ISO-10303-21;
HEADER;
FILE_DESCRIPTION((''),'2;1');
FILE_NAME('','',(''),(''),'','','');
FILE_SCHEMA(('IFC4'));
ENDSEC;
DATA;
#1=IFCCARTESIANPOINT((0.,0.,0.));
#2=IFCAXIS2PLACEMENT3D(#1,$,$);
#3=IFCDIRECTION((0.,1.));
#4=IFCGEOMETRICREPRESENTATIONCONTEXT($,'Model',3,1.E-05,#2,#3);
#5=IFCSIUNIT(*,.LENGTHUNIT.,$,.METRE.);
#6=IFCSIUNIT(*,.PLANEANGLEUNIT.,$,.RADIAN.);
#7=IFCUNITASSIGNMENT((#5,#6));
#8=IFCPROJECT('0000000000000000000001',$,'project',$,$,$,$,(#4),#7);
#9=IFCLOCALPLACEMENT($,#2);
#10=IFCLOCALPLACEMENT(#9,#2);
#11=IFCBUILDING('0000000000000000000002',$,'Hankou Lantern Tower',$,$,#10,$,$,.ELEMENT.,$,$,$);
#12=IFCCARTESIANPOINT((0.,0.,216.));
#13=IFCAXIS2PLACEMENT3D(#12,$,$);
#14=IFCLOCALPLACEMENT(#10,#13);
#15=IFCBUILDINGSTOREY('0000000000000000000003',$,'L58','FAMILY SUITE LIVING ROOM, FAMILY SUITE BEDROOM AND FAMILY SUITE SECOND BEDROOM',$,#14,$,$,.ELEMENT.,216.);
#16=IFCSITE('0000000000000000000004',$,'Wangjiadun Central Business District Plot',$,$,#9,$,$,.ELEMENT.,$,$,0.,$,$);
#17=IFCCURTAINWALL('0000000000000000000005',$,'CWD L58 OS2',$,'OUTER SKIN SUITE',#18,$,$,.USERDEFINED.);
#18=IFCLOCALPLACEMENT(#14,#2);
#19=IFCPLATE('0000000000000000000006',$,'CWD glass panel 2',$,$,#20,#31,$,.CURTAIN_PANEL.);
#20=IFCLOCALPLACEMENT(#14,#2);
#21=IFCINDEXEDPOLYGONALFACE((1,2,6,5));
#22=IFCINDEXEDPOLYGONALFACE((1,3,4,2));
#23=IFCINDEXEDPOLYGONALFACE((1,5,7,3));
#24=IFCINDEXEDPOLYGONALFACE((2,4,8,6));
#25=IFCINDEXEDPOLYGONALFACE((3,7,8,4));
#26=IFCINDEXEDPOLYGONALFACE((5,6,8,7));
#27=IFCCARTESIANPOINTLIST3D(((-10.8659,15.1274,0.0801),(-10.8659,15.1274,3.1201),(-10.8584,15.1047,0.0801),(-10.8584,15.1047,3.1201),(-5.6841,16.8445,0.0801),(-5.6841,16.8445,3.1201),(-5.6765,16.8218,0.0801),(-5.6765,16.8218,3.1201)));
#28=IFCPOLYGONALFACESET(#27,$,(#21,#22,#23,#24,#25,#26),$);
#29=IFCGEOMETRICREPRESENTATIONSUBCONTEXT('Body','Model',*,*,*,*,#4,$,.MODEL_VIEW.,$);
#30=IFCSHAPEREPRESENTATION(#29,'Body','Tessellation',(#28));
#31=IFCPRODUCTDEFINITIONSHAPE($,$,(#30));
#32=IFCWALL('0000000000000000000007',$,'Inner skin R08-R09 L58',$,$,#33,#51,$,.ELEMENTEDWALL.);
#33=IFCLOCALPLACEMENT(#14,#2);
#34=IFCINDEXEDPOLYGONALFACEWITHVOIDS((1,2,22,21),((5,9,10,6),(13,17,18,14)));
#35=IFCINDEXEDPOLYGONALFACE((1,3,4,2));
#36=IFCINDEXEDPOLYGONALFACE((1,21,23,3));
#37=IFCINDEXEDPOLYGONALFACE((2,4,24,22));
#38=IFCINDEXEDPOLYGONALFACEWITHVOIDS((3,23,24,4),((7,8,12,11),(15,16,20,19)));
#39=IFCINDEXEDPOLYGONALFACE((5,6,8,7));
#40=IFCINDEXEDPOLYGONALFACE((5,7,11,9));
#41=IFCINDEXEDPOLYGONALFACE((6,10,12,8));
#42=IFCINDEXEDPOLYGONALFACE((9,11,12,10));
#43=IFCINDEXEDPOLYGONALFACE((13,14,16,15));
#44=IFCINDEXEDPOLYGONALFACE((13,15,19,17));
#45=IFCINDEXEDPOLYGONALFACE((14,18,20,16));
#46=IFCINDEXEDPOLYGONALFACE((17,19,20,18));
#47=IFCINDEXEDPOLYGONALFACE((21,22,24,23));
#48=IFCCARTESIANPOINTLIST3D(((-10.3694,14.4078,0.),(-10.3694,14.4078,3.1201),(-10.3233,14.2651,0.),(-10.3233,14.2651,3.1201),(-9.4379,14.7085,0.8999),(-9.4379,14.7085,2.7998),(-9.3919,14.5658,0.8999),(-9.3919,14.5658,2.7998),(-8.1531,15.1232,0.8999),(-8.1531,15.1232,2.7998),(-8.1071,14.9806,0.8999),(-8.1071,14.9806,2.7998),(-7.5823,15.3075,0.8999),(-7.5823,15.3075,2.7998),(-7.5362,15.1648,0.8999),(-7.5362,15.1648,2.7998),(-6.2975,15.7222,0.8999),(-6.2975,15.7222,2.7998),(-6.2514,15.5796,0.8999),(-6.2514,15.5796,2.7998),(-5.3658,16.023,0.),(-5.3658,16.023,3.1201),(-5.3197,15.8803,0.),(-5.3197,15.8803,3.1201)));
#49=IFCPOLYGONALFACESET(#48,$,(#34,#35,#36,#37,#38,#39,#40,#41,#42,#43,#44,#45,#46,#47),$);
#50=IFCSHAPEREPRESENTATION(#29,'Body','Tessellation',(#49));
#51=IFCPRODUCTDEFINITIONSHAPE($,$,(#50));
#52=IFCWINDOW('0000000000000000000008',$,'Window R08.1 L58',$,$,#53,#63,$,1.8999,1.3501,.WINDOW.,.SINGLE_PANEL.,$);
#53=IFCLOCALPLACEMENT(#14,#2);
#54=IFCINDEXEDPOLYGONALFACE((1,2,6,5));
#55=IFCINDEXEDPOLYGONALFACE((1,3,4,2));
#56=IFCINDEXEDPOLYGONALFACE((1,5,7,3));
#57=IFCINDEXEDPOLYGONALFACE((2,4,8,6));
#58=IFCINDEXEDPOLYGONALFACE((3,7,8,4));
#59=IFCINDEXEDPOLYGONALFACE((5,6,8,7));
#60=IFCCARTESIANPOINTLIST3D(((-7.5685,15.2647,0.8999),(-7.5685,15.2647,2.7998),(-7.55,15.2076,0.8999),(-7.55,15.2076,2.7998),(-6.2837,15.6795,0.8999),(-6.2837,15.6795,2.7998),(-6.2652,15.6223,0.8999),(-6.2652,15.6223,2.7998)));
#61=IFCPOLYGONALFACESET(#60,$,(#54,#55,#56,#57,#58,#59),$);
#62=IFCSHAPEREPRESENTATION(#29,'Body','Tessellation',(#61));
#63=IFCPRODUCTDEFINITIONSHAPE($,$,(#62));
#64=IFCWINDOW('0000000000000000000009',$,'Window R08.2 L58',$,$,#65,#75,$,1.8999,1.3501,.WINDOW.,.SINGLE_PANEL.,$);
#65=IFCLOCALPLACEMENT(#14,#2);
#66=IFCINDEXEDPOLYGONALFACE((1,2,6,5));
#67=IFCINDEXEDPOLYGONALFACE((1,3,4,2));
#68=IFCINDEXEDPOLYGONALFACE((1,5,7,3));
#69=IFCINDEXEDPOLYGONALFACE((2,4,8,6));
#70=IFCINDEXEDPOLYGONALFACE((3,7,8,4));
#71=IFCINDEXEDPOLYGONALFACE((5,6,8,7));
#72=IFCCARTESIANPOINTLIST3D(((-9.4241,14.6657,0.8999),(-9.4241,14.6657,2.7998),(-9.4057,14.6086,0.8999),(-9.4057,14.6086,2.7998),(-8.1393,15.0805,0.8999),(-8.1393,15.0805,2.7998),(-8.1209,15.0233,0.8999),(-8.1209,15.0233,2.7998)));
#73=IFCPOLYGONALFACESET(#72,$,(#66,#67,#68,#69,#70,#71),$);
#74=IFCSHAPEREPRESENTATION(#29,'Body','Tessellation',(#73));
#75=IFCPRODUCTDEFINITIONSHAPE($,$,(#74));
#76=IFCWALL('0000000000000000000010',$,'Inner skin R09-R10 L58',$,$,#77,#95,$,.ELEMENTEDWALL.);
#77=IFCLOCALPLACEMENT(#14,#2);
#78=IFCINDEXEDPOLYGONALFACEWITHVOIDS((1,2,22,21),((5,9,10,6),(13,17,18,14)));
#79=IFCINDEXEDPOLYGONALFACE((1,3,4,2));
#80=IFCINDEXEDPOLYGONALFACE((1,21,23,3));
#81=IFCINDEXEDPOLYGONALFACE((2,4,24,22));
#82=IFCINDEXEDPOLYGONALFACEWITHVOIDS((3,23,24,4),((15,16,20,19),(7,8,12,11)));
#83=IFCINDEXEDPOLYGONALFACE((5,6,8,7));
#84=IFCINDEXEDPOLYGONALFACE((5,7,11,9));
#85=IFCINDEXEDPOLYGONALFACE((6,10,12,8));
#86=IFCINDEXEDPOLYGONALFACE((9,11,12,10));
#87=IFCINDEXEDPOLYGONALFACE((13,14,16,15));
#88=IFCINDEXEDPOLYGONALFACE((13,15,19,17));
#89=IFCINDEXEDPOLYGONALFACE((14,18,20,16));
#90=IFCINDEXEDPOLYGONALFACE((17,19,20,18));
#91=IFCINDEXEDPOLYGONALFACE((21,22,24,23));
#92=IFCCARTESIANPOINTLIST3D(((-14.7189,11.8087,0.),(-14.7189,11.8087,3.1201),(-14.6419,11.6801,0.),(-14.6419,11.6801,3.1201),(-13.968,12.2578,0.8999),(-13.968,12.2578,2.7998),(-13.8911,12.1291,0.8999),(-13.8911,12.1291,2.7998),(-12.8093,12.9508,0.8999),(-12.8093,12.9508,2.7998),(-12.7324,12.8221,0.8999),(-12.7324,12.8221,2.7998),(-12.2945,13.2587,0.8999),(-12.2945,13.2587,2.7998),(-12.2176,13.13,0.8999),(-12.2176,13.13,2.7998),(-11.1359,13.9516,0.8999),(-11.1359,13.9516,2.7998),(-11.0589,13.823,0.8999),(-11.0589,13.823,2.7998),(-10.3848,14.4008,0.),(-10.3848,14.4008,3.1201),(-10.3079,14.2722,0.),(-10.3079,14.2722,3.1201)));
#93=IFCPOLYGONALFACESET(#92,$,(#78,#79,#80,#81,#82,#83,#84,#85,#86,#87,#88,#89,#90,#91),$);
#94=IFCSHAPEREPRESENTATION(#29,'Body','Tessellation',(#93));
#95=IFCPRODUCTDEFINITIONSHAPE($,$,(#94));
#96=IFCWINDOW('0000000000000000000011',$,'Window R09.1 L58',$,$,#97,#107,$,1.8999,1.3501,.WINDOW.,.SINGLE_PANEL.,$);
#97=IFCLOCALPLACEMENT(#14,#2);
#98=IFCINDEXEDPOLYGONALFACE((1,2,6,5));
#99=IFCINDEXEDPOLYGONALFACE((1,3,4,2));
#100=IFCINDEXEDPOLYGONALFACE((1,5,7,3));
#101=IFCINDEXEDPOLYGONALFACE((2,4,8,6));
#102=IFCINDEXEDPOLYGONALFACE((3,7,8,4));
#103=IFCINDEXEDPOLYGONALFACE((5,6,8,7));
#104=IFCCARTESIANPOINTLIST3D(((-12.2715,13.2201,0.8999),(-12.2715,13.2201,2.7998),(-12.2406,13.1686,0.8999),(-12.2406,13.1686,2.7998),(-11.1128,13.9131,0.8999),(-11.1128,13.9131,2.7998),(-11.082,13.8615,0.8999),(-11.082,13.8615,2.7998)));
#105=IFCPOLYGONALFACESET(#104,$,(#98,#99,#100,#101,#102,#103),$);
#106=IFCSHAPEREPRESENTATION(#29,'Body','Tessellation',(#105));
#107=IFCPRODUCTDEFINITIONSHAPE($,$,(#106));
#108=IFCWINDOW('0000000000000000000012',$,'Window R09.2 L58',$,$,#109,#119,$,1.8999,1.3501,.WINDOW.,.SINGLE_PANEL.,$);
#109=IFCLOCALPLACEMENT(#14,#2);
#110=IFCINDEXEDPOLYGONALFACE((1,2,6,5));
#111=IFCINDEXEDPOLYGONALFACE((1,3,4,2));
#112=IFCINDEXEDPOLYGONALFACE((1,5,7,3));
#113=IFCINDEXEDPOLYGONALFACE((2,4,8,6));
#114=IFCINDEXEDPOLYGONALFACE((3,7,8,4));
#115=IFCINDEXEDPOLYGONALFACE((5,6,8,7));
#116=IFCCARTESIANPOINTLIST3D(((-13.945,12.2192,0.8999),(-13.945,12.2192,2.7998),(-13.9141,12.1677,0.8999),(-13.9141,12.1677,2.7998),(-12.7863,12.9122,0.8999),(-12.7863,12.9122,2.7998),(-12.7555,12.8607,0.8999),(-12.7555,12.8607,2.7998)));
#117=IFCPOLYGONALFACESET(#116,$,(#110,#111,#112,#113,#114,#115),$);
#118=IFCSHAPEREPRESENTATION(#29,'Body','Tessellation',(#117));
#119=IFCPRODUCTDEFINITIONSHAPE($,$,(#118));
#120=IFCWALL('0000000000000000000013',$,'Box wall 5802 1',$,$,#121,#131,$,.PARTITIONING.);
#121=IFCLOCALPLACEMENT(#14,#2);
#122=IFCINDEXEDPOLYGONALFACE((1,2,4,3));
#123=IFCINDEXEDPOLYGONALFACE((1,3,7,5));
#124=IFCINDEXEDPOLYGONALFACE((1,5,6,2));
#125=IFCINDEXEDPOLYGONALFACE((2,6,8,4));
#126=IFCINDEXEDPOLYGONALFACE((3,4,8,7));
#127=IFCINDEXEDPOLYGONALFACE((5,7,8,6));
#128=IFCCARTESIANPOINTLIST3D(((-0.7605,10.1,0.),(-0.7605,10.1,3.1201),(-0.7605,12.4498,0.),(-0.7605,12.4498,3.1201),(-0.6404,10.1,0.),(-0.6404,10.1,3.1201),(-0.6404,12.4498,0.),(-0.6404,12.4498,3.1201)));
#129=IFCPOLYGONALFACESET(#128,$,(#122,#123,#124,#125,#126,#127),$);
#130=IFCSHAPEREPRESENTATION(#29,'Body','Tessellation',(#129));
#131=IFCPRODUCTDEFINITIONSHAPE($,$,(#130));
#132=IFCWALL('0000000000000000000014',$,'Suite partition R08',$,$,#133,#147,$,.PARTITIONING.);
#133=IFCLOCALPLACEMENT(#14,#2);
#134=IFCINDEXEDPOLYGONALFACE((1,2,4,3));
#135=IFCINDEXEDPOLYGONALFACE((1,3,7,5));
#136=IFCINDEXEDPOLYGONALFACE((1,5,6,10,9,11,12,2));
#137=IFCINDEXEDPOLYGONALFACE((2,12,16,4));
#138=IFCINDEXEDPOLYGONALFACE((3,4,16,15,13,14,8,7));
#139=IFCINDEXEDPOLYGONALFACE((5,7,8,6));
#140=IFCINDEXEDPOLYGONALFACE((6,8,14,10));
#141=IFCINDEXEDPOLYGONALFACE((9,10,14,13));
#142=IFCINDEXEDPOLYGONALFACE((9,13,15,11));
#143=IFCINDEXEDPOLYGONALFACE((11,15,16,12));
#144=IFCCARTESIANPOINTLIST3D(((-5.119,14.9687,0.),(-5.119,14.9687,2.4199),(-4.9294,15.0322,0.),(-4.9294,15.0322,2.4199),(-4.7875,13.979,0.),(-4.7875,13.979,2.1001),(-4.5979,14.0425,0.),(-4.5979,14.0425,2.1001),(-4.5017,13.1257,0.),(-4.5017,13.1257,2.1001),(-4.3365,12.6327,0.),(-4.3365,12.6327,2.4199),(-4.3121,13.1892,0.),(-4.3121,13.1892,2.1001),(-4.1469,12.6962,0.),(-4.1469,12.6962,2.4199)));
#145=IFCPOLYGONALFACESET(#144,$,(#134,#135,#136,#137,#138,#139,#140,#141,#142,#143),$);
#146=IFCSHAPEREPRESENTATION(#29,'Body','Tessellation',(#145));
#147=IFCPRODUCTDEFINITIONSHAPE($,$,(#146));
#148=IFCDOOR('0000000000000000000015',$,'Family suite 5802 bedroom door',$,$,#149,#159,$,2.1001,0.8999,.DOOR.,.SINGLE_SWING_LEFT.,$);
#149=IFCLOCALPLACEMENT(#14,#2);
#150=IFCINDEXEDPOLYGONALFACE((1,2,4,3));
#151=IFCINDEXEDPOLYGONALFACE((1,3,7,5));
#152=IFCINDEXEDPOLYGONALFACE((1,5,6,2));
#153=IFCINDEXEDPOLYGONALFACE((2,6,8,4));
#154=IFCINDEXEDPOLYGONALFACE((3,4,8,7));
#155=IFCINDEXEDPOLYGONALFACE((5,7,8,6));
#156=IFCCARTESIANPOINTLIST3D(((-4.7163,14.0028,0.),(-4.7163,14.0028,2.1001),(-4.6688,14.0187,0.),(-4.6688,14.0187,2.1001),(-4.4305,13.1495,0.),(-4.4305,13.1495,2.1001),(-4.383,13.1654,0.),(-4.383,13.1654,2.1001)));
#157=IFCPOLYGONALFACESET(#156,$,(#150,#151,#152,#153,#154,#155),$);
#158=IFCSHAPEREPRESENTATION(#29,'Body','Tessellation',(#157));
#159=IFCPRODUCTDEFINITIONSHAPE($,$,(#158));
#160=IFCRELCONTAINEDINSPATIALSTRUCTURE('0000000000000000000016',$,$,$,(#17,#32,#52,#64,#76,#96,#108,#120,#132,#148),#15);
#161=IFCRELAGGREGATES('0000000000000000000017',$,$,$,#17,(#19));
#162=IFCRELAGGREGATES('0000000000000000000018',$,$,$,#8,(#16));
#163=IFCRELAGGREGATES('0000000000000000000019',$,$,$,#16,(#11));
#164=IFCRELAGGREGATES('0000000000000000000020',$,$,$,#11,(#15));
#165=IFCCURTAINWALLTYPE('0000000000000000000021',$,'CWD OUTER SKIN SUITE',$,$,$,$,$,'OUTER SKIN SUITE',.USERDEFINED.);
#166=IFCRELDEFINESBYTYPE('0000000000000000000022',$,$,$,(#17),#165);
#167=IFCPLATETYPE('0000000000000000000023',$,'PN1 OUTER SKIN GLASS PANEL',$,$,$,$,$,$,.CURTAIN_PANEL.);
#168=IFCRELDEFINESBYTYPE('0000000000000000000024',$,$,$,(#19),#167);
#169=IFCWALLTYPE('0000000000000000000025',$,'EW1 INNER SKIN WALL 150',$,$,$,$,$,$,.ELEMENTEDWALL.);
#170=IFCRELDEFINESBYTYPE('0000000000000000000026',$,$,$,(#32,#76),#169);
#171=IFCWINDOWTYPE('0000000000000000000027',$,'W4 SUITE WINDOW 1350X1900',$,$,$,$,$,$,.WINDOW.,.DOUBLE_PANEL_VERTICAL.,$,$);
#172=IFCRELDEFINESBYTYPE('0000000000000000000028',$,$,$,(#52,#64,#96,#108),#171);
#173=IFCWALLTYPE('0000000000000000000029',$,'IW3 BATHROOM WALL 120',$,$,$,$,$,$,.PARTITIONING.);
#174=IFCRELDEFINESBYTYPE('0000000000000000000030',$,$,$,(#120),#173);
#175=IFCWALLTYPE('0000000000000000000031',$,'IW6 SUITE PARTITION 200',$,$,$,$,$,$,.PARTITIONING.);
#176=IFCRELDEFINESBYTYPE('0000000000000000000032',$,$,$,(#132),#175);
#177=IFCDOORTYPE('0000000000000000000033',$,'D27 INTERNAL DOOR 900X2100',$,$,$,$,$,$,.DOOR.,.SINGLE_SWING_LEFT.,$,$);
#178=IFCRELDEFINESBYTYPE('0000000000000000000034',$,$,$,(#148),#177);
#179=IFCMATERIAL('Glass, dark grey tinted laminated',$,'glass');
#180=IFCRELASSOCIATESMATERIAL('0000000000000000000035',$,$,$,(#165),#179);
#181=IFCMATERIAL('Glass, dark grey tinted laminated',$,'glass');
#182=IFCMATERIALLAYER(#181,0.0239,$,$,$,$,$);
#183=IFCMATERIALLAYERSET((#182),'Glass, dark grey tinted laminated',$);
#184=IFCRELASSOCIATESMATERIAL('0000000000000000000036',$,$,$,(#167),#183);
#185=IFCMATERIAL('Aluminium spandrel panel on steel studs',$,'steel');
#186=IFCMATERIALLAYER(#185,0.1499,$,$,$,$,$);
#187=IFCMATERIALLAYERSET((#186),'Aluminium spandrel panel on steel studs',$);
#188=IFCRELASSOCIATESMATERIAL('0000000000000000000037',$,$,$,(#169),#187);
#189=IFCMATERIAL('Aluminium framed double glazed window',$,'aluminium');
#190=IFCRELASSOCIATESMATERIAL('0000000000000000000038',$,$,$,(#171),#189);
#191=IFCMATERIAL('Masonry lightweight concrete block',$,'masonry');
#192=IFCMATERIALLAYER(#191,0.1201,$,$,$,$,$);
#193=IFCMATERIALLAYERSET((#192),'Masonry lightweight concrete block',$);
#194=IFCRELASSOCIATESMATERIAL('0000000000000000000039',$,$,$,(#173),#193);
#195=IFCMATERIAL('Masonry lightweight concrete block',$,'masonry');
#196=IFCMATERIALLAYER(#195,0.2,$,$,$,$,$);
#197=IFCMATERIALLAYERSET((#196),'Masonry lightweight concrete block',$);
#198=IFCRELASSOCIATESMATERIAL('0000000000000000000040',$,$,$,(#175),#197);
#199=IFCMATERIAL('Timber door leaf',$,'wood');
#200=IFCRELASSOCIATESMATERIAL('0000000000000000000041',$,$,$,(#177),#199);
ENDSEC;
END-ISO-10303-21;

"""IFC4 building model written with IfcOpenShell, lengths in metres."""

from ifc_helpers import new_model, si_unit, direction, frame, frame_2d, origin, origin_2d, place, context, subcontext, project, spatial, rectangle, extrude, material, layer, layer_set, type_object, element, fill, aggregate, save


model = new_model("IFC4")

# Units and contexts
model_context = context("Model", 3, precision=1e-05, world=origin(), true_north=direction((0.0, 1.0)))
body_context = subcontext(model_context, "Body", "Model", "MODEL_VIEW")
ifc_project = project(units=[si_unit("LENGTHUNIT", "METRE"), si_unit("PLANEANGLEUNIT", "RADIAN")], contexts=[model_context])

# Site, building, storey
site_placement = place(None, origin())
site = spatial("IfcSite", under=ifc_project, at=site_placement, Name="Wangjiadun Central Business District Plot", CompositionType="ELEMENT", RefElevation=0.0)
building_placement = place(site_placement, origin())
building = spatial("IfcBuilding", under=site, at=building_placement, Name="Hankou Lantern Tower", CompositionType="ELEMENT")
storey_placement = place(building_placement, frame((0.0, 0.0, 216.0)))
storey = spatial("IfcBuildingStorey", under=building, at=storey_placement, Name="L58", Description="FAMILY SUITE LIVING ROOM, FAMILY SUITE BEDROOM AND FAMILY SUITE SECOND BEDROOM", CompositionType="ELEMENT", Elevation=216.0)

# Curtain wall
ifc_material_1 = material(Name="Glass, dark grey tinted laminated", Category="glass")
curtain_wall_type = type_object("IfcCurtainWallType", Name="CWD OUTER SKIN SUITE", ElementType="OUTER SKIN SUITE", PredefinedType="USERDEFINED", material=ifc_material_1)
curtain_wall_placement = place(storey_placement, origin())
curtain_wall = element("IfcCurtainWall", 1, at=curtain_wall_placement, inside=storey, type_object=curtain_wall_type, Name="CWD L58 OS2", ObjectType="OUTER SKIN SUITE", PredefinedType="USERDEFINED")

# Plate
ifc_material_2 = material(Name="Glass, dark grey tinted laminated", Category="glass")
ifc_layer_1 = layer(ifc_material_2, 0.0239)
ifc_layer_set_1 = layer_set([ifc_layer_1], Name="Glass, dark grey tinted laminated")
plate_type = type_object("IfcPlateType", Name="PN1 OUTER SKIN GLASS PANEL", PredefinedType="CURTAIN_PANEL", material=ifc_layer_set_1)
plate_1_placement = place(storey_placement, frame((-8.2712, 15.9746, 0.0801), z_axis=(0.0, 0.0, 1.0), x_axis=(-0.949241, -0.314551, 0.0)))
plate_1 = element("IfcPlate", 2, at=plate_1_placement, type_object=plate_type, Name="CWD glass panel 2", PredefinedType="CURTAIN_PANEL", context=body_context, shape_type="SweptSolid", body=[
    extrude(rectangle(XDim=5.459, YDim=0.0239, at=origin_2d()), origin(), (0.0, 0.0, 1.0), 3.04),
])
aggregate(curtain_wall, [plate_1])

# Walls, openings, windows
ifc_material_3 = material(Name="Aluminium spandrel panel on steel studs", Category="steel")
ifc_layer_2 = layer(ifc_material_3, 0.1499)
ifc_layer_set_2 = layer_set([ifc_layer_2], Name="Aluminium spandrel panel on steel studs")
wall_type_1 = type_object("IfcWallType", Name="EW1 INNER SKIN WALL 150", PredefinedType="ELEMENTEDWALL", material=ifc_layer_set_2)
wall_1_placement = place(storey_placement, frame((-5.3428, 15.9517, 0.0), z_axis=(0.0, 0.0, 1.0), x_axis=(-0.951645, -0.307201, 0.0)))
wall_1 = element("IfcWall", 3, at=wall_1_placement, inside=storey, type_object=wall_type_1, Name="Inner skin R08-R09 L58", PredefinedType="ELEMENTEDWALL", context=body_context, shape_type="SweptSolid", body=[
    extrude(rectangle(XDim=5.2578, YDim=0.1499, at=frame_2d((2.6289, 0.0))), origin(), (0.0, 0.0, 1.0), 3.1201),
])
opening_1_placement = place(wall_1_placement, frame((0.979, 0.0, 0.8999)))
opening_1 = element("IfcOpeningElement", 4, at=opening_1_placement, cuts=wall_1, PredefinedType="OPENING", context=body_context, shape_type="SweptSolid", body=[
    extrude(rectangle(XDim=1.3501, YDim=1.8999, at=frame_2d((0.675, 0.95))), frame((0.0, 0.085, 0.0), z_axis=(0.0, -1.0, 0.0), x_axis=(1.0, 0.0, 0.0)), (0.0, 0.0, 1.0), 0.1699),
])
opening_2_placement = place(wall_1_placement, frame((2.929, 0.0, 0.8999)))
opening_2 = element("IfcOpeningElement", 5, at=opening_2_placement, cuts=wall_1, PredefinedType="OPENING", context=body_context, shape_type="SweptSolid", body=[
    extrude(rectangle(XDim=1.3501, YDim=1.8999, at=frame_2d((0.675, 0.95))), frame((0.0, 0.085, 0.0), z_axis=(0.0, -1.0, 0.0), x_axis=(1.0, 0.0, 0.0)), (0.0, 0.0, 1.0), 0.1699),
])
ifc_material_4 = material(Name="Aluminium framed double glazed window", Category="aluminium")
window_type = type_object("IfcWindowType", Name="W4 SUITE WINDOW 1350X1900", PartitioningType="DOUBLE_PANEL_VERTICAL", PredefinedType="WINDOW", material=ifc_material_4)
window_1_placement = place(opening_1_placement, origin())
window_1 = element("IfcWindow", 6, at=window_1_placement, inside=storey, type_object=window_type, Name="Window R08.1 L58", OverallHeight=1.8999, OverallWidth=1.3501, PartitioningType="SINGLE_PANEL", PredefinedType="WINDOW", context=body_context, shape_type="SweptSolid", body=[
    extrude(rectangle(XDim=1.3501, YDim=1.8999, at=frame_2d((0.675, 0.95))), frame((0.0, 0.03, 0.0), z_axis=(0.0, -1.0, 0.0), x_axis=(1.0, 0.0, 0.0)), (0.0, 0.0, 1.0), 0.0601),
])
fill(opening_1, window_1)
window_2_placement = place(opening_2_placement, origin())
window_2 = element("IfcWindow", 7, at=window_2_placement, inside=storey, type_object=window_type, Name="Window R08.2 L58", OverallHeight=1.8999, OverallWidth=1.3501, PartitioningType="SINGLE_PANEL", PredefinedType="WINDOW", context=body_context, shape_type="SweptSolid", body=[
    extrude(rectangle(XDim=1.3501, YDim=1.8999, at=frame_2d((0.675, 0.95))), frame((0.0, 0.03, 0.0), z_axis=(0.0, -1.0, 0.0), x_axis=(1.0, 0.0, 0.0)), (0.0, 0.0, 1.0), 0.0601),
])
fill(opening_2, window_2)
wall_2_placement = place(storey_placement, frame((-10.3464, 14.3364, 0.0), z_axis=(0.0, 0.0, 1.0), x_axis=(-0.858222, -0.51328, 0.0)))
wall_2 = element("IfcWall", 8, at=wall_2_placement, inside=storey, type_object=wall_type_1, Name="Inner skin R09-R10 L58", PredefinedType="ELEMENTEDWALL", context=body_context, shape_type="SweptSolid", body=[
    extrude(rectangle(XDim=5.05, YDim=0.1499, at=frame_2d((2.5249, 0.0))), origin(), (0.0, 0.0, 1.0), 3.1201),
])
opening_3_placement = place(wall_2_placement, frame((0.875, 0.0, 0.8999)))
opening_3 = element("IfcOpeningElement", 9, at=opening_3_placement, cuts=wall_2, PredefinedType="OPENING", context=body_context, shape_type="SweptSolid", body=[
    extrude(rectangle(XDim=1.3501, YDim=1.8999, at=frame_2d((0.675, 0.95))), frame((0.0, 0.085, 0.0), z_axis=(0.0, -1.0, 0.0), x_axis=(1.0, 0.0, 0.0)), (0.0, 0.0, 1.0), 0.1699),
])
opening_4_placement = place(wall_2_placement, frame((2.825, 0.0, 0.8999)))
opening_4 = element("IfcOpeningElement", 10, at=opening_4_placement, cuts=wall_2, PredefinedType="OPENING", context=body_context, shape_type="SweptSolid", body=[
    extrude(rectangle(XDim=1.3501, YDim=1.8999, at=frame_2d((0.675, 0.95))), frame((0.0, 0.085, 0.0), z_axis=(0.0, -1.0, 0.0), x_axis=(1.0, 0.0, 0.0)), (0.0, 0.0, 1.0), 0.1699),
])
window_3_placement = place(opening_3_placement, origin())
window_3 = element("IfcWindow", 11, at=window_3_placement, inside=storey, type_object=window_type, Name="Window R09.1 L58", OverallHeight=1.8999, OverallWidth=1.3501, PartitioningType="SINGLE_PANEL", PredefinedType="WINDOW", context=body_context, shape_type="SweptSolid", body=[
    extrude(rectangle(XDim=1.3501, YDim=1.8999, at=frame_2d((0.675, 0.95))), frame((0.0, 0.03, 0.0), z_axis=(0.0, -1.0, 0.0), x_axis=(1.0, 0.0, 0.0)), (0.0, 0.0, 1.0), 0.0601),
])
fill(opening_3, window_3)
window_4_placement = place(opening_4_placement, origin())
window_4 = element("IfcWindow", 12, at=window_4_placement, inside=storey, type_object=window_type, Name="Window R09.2 L58", OverallHeight=1.8999, OverallWidth=1.3501, PartitioningType="SINGLE_PANEL", PredefinedType="WINDOW", context=body_context, shape_type="SweptSolid", body=[
    extrude(rectangle(XDim=1.3501, YDim=1.8999, at=frame_2d((0.675, 0.95))), frame((0.0, 0.03, 0.0), z_axis=(0.0, -1.0, 0.0), x_axis=(1.0, 0.0, 0.0)), (0.0, 0.0, 1.0), 0.0601),
])
fill(opening_4, window_4)

# Wall
ifc_material_5 = material(Name="Masonry lightweight concrete block", Category="masonry")
ifc_layer_3 = layer(ifc_material_5, 0.1201)
ifc_layer_set_3 = layer_set([ifc_layer_3], Name="Masonry lightweight concrete block")
wall_type_2 = type_object("IfcWallType", Name="IW3 BATHROOM WALL 120", PredefinedType="PARTITIONING", material=ifc_layer_set_3)
wall_3_placement = place(storey_placement, frame((-0.7004, 10.1001, 0.0), z_axis=(0.0, 0.0, 1.0), x_axis=(0.0, 1.0, 0.0)))
element("IfcWall", 13, at=wall_3_placement, inside=storey, type_object=wall_type_2, Name="Box wall 5802 1", PredefinedType="PARTITIONING", context=body_context, shape_type="SweptSolid", body=[
    extrude(rectangle(XDim=2.3499, YDim=0.1201, at=frame_2d((1.1748, 0.0))), origin(), (0.0, 0.0, 1.0), 3.1201),
])

# Wall, opening, door
ifc_material_6 = material(Name="Masonry lightweight concrete block", Category="masonry")
ifc_layer_4 = layer(ifc_material_6, 0.2)
ifc_layer_set_4 = layer_set([ifc_layer_4], Name="Masonry lightweight concrete block")
wall_type_3 = type_object("IfcWallType", Name="IW6 SUITE PARTITION 200", PredefinedType="PARTITIONING", material=ifc_layer_set_4)
wall_4_placement = place(storey_placement, frame((-4.2417, 12.6643, 0.0), z_axis=(0.0, 0.0, 1.0), x_axis=(-0.317595, 0.948226, 0.0)))
wall_4 = element("IfcWall", 14, at=wall_4_placement, inside=storey, type_object=wall_type_3, Name="Suite partition R08", PredefinedType="PARTITIONING", context=body_context, shape_type="SweptSolid", body=[
    extrude(rectangle(XDim=2.4636, YDim=0.2, at=frame_2d((1.2319, 0.0))), origin(), (0.0, 0.0, 1.0), 2.4199),
])
opening_5_placement = place(wall_4_placement, frame((0.52, 0.0, 0.0)))
opening_5 = element("IfcOpeningElement", 15, at=opening_5_placement, cuts=wall_4, PredefinedType="OPENING", context=body_context, shape_type="SweptSolid", body=[
    extrude(rectangle(XDim=0.8999, YDim=2.1001, at=frame_2d((0.45, 1.05))), frame((0.0, 0.1099, 0.0), z_axis=(0.0, -1.0, 0.0), x_axis=(1.0, 0.0, 0.0)), (0.0, 0.0, 1.0), 0.22),
])
ifc_material_7 = material(Name="Timber door leaf", Category="wood")
door_type = type_object("IfcDoorType", Name="D27 INTERNAL DOOR 900X2100", OperationType="SINGLE_SWING_LEFT", PredefinedType="DOOR", material=ifc_material_7)
door_placement = place(opening_5_placement, origin())
door = element("IfcDoor", 16, at=door_placement, inside=storey, type_object=door_type, Name="Family suite 5802 bedroom door", OperationType="SINGLE_SWING_LEFT", OverallHeight=2.1001, OverallWidth=0.8999, PredefinedType="DOOR", context=body_context, shape_type="SweptSolid", body=[
    extrude(rectangle(XDim=0.8999, YDim=2.1001, at=frame_2d((0.45, 1.05))), frame((0.0, 0.0249, 0.0), z_axis=(0.0, -1.0, 0.0), x_axis=(1.0, 0.0, 0.0)), (0.0, 0.0, 1.0), 0.05),
])
fill(opening_5, door)

save(model, "model.ifc")
